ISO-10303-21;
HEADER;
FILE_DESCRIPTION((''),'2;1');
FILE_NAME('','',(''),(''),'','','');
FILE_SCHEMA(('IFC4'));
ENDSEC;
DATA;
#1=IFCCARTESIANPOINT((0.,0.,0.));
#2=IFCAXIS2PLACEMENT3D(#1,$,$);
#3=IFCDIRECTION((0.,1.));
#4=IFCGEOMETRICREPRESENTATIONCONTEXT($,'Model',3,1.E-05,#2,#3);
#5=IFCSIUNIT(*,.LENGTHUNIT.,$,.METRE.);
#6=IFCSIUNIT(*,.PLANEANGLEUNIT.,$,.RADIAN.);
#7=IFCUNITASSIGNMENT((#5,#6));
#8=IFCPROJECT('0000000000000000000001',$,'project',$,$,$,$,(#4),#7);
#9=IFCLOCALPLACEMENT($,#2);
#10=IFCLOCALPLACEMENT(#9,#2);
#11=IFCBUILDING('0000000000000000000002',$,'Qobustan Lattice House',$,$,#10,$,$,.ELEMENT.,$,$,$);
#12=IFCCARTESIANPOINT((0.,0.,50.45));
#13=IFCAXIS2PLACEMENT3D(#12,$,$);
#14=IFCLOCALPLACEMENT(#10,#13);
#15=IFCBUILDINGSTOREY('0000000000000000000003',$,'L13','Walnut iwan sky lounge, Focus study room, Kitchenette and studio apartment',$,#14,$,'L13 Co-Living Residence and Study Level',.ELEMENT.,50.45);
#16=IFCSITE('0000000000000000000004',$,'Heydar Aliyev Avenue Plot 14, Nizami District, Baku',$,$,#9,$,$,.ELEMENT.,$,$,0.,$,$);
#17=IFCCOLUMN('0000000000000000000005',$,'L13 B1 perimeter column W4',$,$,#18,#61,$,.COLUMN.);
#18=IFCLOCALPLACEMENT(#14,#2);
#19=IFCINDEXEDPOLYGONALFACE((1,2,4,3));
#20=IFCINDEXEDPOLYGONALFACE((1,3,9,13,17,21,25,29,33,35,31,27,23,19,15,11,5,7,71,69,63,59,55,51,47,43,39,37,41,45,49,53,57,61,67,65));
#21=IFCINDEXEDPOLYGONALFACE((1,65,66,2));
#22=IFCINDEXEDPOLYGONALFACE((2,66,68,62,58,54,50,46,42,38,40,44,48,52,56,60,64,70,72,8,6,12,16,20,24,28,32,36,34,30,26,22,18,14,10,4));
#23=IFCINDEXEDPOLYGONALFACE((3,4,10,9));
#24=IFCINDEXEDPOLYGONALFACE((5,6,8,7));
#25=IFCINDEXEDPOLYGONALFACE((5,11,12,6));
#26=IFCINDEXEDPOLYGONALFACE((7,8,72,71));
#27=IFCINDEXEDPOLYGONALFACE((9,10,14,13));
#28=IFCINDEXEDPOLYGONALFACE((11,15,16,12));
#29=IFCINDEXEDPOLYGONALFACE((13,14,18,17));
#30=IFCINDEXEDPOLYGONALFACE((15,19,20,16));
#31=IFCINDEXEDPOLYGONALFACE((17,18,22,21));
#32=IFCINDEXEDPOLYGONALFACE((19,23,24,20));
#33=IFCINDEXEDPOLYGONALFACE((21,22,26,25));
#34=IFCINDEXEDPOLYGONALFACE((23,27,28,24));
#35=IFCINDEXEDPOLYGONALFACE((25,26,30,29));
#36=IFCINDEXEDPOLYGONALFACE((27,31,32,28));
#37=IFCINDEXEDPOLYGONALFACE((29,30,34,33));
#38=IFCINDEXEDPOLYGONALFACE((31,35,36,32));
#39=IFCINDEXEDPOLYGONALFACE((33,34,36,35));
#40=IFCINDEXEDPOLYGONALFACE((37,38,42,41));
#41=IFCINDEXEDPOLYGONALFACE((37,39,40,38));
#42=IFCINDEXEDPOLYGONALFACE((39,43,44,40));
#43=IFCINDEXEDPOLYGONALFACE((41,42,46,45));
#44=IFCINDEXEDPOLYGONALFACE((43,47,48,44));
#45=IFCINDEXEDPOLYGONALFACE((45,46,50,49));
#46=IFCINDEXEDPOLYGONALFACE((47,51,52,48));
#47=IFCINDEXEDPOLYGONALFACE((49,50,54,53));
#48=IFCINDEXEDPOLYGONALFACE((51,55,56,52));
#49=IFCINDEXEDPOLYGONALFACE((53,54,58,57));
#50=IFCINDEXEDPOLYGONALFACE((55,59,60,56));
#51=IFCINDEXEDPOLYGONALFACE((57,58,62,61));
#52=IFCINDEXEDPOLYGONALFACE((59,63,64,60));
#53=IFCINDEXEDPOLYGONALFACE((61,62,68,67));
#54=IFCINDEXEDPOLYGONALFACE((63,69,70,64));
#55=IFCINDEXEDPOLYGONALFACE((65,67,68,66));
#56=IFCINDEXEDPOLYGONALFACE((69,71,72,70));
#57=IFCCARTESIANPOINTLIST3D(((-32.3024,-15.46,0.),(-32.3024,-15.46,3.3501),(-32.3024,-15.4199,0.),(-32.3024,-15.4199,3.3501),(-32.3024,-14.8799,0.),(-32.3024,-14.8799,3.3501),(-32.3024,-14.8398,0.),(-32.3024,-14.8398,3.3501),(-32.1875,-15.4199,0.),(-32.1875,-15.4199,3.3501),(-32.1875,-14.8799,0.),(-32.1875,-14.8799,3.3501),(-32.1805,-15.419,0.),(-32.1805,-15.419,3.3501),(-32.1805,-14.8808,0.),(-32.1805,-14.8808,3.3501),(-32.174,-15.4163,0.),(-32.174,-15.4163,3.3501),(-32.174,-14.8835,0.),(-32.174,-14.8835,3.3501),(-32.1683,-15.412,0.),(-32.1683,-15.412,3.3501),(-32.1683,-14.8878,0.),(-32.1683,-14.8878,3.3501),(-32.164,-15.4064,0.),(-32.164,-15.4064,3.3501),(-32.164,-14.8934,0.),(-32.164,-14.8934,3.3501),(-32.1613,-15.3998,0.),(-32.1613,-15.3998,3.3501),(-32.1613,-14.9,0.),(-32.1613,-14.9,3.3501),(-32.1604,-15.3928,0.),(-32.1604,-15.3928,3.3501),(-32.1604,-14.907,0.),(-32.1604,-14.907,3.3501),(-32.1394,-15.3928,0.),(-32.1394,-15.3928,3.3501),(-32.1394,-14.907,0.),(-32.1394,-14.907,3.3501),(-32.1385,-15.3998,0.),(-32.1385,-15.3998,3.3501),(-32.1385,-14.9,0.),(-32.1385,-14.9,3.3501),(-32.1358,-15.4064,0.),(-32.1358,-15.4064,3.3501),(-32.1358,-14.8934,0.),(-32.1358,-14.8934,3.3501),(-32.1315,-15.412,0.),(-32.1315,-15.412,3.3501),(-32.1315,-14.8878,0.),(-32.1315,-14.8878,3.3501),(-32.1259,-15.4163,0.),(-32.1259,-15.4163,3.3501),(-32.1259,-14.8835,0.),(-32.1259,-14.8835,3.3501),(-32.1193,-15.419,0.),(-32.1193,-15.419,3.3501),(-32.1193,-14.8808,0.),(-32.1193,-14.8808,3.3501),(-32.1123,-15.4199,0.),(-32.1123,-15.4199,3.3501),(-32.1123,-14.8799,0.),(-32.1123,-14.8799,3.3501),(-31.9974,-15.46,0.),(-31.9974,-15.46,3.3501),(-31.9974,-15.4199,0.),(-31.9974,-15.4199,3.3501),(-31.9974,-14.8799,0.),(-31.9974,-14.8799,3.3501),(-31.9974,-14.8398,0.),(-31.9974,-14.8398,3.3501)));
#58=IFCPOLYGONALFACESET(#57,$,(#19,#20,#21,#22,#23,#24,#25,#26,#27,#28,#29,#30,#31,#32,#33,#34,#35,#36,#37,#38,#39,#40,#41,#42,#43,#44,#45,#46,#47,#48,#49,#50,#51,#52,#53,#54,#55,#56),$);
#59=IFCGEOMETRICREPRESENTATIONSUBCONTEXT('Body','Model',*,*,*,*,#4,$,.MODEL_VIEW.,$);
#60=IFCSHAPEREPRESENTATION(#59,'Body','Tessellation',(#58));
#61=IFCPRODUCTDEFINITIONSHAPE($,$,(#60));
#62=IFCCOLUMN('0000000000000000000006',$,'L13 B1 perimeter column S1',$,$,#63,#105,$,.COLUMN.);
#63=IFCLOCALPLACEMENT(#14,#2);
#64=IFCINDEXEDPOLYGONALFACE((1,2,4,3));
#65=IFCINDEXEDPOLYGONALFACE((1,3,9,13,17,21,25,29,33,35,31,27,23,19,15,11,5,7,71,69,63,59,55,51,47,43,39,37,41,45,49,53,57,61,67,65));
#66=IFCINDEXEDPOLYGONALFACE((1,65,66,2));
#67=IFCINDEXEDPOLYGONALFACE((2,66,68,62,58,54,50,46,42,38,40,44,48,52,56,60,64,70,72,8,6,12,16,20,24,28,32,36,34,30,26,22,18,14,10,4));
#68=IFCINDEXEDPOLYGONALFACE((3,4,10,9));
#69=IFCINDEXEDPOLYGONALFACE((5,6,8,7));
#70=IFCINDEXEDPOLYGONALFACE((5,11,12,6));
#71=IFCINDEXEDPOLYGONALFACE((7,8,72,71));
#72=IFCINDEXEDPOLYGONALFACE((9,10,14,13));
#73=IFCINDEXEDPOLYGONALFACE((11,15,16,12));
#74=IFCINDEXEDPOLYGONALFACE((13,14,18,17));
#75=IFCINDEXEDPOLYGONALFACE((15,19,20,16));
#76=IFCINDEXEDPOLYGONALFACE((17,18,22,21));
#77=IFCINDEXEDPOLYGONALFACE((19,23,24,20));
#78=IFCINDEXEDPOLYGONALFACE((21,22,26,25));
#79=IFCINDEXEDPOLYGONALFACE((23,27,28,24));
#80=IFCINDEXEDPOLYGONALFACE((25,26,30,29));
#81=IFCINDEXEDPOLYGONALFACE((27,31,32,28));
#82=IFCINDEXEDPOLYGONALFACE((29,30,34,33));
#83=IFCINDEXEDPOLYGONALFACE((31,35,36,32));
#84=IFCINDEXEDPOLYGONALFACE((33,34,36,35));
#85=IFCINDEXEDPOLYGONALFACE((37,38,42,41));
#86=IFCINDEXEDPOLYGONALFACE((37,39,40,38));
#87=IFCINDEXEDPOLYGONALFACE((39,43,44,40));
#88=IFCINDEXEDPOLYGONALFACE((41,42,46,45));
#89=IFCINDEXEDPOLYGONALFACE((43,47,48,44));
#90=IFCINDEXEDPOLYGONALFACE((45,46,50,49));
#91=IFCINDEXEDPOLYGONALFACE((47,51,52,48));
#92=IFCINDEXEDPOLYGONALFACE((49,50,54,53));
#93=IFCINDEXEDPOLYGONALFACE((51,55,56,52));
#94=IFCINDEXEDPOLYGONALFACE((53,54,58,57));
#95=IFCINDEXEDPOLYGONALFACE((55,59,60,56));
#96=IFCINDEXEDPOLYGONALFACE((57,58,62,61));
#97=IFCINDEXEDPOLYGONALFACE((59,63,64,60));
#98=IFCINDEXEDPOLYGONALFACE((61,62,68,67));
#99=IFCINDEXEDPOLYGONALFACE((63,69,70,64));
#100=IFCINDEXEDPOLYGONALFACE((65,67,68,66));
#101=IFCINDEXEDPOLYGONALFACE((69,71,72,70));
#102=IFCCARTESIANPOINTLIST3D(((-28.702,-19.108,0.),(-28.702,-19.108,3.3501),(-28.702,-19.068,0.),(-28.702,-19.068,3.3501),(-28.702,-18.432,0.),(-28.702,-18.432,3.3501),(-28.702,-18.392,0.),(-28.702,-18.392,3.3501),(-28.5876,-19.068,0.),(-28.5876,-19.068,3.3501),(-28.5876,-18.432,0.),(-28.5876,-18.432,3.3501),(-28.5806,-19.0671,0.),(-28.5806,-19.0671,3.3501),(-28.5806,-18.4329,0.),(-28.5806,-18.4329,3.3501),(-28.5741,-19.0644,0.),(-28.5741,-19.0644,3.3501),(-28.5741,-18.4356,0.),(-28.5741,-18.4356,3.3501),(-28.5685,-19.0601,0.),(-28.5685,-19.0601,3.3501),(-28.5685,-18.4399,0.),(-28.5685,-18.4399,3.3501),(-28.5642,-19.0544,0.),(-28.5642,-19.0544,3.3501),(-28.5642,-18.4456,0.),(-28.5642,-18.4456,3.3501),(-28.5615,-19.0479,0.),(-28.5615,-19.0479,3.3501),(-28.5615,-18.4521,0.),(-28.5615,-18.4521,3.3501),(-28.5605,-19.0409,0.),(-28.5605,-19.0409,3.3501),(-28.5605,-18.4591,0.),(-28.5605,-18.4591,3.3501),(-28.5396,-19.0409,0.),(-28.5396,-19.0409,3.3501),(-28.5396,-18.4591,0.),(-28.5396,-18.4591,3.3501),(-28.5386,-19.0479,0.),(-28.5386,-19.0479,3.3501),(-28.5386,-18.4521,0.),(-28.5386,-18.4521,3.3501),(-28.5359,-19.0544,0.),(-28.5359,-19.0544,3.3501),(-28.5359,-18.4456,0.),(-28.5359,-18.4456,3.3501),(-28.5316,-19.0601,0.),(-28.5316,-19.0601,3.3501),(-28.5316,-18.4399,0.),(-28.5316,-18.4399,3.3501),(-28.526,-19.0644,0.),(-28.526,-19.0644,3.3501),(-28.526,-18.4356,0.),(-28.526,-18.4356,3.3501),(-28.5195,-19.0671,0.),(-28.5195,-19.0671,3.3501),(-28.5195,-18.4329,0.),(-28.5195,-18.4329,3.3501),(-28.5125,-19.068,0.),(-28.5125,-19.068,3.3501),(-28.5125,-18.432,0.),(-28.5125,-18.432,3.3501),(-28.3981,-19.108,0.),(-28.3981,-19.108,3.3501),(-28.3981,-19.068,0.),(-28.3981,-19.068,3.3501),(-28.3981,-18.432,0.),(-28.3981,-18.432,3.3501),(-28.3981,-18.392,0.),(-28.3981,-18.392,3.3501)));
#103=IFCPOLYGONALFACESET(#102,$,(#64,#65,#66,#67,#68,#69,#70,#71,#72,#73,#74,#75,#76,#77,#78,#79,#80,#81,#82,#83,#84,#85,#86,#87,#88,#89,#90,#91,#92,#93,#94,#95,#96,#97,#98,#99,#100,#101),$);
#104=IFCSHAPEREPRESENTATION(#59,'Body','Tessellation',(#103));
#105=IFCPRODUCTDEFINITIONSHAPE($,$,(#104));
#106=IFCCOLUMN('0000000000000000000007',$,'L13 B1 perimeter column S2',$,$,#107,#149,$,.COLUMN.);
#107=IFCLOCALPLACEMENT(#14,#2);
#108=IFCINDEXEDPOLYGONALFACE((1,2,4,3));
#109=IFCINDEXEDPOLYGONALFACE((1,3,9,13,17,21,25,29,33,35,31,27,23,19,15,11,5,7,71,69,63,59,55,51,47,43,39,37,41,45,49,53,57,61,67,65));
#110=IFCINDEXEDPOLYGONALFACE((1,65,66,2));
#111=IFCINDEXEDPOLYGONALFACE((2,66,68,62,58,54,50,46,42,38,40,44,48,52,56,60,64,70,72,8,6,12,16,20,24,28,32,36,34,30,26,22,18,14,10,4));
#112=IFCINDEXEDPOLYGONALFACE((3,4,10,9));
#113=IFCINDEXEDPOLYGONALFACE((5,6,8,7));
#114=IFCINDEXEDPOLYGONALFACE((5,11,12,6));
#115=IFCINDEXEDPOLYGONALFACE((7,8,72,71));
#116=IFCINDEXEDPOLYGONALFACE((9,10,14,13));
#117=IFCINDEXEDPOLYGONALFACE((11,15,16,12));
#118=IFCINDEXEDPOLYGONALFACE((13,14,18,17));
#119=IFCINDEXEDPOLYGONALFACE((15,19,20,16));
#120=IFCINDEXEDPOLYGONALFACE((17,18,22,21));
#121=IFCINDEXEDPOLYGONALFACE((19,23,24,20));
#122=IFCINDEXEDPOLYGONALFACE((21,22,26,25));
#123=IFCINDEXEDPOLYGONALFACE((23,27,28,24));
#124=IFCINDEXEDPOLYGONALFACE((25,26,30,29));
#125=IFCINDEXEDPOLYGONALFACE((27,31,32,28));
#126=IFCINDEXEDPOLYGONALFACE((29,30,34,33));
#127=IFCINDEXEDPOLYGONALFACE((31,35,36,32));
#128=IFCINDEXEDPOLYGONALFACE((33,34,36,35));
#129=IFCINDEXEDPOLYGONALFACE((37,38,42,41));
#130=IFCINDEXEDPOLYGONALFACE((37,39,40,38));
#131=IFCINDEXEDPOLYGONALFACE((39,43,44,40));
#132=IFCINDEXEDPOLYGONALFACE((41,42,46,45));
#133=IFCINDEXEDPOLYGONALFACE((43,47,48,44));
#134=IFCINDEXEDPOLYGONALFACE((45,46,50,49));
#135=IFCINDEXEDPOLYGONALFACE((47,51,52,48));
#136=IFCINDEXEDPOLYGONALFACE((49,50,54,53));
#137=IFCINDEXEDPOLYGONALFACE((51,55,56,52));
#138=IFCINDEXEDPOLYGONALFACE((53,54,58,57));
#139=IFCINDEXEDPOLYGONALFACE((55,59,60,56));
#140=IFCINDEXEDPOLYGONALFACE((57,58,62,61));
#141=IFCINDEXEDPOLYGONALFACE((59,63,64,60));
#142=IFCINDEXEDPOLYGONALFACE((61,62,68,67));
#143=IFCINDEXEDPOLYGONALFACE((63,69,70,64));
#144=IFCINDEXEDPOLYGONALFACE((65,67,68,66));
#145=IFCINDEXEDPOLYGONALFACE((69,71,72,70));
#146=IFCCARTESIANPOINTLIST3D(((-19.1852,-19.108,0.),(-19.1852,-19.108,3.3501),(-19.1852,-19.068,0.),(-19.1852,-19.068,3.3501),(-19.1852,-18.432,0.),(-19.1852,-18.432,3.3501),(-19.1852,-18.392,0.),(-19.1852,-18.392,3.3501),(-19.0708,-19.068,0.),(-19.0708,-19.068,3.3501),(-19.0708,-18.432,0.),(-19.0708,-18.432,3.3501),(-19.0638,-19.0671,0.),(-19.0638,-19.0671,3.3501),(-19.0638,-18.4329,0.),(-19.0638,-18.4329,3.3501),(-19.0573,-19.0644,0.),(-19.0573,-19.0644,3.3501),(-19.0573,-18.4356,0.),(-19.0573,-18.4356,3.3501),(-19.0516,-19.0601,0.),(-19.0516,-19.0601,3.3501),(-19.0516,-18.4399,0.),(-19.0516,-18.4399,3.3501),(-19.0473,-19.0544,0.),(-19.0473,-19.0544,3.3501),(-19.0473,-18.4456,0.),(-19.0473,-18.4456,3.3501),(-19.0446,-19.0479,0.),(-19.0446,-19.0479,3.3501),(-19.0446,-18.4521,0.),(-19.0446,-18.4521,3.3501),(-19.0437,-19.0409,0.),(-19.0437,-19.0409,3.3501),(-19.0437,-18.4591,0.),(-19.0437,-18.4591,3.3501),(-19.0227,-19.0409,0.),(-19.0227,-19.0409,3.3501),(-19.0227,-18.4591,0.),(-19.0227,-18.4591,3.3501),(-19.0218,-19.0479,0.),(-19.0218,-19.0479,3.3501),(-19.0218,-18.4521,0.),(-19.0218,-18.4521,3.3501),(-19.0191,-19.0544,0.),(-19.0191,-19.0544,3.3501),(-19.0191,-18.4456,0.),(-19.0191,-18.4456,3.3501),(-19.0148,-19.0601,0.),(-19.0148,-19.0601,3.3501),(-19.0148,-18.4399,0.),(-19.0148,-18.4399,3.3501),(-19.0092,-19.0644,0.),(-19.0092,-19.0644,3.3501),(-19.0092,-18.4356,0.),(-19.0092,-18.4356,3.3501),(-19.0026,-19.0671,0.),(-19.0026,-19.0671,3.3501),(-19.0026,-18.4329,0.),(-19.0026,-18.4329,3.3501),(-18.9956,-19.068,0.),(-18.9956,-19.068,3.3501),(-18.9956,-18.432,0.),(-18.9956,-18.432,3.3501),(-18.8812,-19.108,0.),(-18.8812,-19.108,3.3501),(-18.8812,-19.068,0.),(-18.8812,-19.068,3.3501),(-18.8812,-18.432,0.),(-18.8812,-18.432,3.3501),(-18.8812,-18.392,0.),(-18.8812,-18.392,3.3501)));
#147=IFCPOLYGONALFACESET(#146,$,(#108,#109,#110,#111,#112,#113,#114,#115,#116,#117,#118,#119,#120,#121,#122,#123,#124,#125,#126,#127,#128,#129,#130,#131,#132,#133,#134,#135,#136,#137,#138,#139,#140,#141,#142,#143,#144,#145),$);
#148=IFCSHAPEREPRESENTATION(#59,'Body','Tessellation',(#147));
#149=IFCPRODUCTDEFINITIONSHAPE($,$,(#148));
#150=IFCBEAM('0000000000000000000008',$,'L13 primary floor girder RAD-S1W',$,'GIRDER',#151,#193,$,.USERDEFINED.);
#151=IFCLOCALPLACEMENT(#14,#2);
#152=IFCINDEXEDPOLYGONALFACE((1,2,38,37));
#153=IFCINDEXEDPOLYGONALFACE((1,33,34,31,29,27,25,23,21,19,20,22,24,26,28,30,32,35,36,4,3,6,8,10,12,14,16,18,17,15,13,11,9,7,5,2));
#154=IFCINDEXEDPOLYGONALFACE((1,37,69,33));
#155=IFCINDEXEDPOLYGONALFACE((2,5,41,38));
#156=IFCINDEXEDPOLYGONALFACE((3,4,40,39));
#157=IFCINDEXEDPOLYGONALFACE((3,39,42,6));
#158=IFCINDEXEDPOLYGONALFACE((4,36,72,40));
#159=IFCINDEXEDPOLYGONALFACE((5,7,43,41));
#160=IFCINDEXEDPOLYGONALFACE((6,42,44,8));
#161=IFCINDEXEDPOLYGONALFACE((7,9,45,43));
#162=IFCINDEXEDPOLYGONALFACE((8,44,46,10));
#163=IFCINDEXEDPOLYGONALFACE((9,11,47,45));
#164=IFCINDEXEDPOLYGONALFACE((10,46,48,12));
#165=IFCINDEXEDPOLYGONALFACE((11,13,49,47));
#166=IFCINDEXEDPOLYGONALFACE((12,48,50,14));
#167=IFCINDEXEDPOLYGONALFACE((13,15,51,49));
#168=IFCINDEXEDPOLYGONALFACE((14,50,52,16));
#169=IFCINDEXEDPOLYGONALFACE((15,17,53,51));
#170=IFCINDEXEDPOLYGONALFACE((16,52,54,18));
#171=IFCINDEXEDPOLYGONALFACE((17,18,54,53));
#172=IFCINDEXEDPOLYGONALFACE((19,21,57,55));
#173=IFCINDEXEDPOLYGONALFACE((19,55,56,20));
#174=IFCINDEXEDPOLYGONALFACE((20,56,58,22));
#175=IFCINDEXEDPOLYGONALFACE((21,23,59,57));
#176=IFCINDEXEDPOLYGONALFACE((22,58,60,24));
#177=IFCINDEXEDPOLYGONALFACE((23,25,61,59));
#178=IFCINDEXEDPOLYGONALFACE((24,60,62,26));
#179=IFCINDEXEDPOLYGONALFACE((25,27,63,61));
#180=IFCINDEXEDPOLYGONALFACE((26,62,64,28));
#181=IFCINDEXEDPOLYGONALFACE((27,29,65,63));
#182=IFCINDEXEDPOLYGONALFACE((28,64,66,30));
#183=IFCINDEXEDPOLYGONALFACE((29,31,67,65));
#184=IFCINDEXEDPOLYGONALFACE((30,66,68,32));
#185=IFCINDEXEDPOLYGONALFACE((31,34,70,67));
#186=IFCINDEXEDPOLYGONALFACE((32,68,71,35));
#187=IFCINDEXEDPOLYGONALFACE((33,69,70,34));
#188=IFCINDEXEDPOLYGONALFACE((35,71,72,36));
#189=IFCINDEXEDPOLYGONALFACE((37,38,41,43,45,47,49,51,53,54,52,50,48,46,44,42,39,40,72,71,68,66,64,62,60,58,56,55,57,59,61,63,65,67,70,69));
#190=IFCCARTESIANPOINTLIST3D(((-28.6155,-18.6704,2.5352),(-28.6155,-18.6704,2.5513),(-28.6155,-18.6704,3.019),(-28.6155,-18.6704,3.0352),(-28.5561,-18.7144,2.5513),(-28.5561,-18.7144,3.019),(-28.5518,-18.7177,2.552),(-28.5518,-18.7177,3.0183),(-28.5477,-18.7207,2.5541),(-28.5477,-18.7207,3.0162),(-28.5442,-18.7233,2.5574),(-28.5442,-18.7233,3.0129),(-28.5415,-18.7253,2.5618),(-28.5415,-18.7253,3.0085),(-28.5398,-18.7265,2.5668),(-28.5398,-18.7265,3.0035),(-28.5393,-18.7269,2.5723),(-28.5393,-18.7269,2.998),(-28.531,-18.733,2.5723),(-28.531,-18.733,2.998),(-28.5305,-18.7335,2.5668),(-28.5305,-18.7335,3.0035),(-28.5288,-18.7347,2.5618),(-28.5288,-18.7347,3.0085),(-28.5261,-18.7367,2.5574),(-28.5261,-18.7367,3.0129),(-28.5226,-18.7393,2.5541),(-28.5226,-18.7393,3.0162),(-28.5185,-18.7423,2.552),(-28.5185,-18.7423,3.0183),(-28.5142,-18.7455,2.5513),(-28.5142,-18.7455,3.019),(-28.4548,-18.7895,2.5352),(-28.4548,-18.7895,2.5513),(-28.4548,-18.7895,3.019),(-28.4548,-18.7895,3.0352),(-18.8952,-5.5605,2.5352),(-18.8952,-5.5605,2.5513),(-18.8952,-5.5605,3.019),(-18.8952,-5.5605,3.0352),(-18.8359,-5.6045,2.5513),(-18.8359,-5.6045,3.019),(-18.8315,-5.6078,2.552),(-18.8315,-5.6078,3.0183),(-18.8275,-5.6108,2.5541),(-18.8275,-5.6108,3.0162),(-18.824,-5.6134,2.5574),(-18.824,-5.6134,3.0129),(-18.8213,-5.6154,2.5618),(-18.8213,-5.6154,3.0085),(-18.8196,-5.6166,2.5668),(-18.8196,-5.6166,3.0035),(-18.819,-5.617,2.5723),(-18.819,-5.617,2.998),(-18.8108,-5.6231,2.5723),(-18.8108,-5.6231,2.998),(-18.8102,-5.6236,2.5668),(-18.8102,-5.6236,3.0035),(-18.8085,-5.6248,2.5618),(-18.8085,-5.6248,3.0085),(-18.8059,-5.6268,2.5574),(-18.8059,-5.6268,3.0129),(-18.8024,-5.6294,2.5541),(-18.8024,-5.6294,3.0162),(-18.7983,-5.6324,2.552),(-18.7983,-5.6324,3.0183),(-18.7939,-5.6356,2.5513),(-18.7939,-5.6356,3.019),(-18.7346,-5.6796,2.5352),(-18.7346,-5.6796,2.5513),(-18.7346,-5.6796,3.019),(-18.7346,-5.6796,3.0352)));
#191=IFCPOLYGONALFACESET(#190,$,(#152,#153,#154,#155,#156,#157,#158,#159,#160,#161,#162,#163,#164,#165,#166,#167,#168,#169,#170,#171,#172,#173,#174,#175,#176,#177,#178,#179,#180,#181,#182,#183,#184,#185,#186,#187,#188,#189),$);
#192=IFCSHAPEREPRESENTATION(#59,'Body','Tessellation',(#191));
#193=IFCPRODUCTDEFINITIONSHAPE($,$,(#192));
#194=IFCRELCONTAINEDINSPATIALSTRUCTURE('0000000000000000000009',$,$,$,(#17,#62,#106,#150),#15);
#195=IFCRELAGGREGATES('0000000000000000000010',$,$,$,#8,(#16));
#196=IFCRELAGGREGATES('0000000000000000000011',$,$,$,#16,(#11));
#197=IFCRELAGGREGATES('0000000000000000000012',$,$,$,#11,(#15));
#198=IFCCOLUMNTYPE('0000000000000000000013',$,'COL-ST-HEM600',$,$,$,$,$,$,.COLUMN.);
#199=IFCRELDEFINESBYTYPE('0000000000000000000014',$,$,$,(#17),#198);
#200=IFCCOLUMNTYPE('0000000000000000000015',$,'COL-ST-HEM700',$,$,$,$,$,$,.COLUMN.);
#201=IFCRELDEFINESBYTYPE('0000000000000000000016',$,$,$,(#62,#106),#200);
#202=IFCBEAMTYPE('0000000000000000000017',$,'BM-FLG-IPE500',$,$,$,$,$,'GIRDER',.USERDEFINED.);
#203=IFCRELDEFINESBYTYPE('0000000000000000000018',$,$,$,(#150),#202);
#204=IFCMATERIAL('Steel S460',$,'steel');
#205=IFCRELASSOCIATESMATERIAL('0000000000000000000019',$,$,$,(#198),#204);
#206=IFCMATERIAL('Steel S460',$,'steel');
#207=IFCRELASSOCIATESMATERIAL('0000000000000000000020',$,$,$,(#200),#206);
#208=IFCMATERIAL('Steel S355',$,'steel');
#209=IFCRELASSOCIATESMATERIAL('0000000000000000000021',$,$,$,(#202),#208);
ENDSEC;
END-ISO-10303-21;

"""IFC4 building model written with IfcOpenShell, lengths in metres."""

from ifc_helpers import new_model, si_unit, direction, frame, origin, origin_2d, place, context, subcontext, project, spatial, i_section, extrude, material, material_profile, profile_set, type_object, element, save


model = new_model("IFC4")

# Units and contexts
model_context = context("Model", 3, precision=1e-05, world=origin(), true_north=direction((0.0, 1.0)))
body_context = subcontext(model_context, "Body", "Model", "MODEL_VIEW")
ifc_project = project(units=[si_unit("LENGTHUNIT", "METRE"), si_unit("PLANEANGLEUNIT", "RADIAN")], contexts=[model_context])

# Site, building, storey
site_placement = place(None, origin())
site = spatial("IfcSite", under=ifc_project, at=site_placement, Name="Heydar Aliyev Avenue Plot 14, Nizami District, Baku", CompositionType="ELEMENT", RefElevation=0.0)
building_placement = place(site_placement, origin())
building = spatial("IfcBuilding", under=site, at=building_placement, Name="Qobustan Lattice House", CompositionType="ELEMENT")
storey_placement = place(building_placement, frame((0.0, 0.0, 50.45)))
storey = spatial("IfcBuildingStorey", under=building, at=storey_placement, Name="L13", Description="Walnut iwan sky lounge, Focus study room, Kitchenette and studio apartment", LongName="L13 Co-Living Residence and Study Level", CompositionType="ELEMENT", Elevation=50.45)

# Columns
ifc_material_1 = material(Name="Steel S460", Category="steel")
ifc_material_profile_1 = material_profile(ifc_material_1, i_section(OverallWidth=0.3049, OverallDepth=0.6201, WebThickness=0.021, FlangeThickness=0.04, FilletRadius=0.0271, at=origin_2d()), Name="HEM600")
ifc_profile_set_1 = profile_set([ifc_material_profile_1], Name="Steel S460")
column_type_1 = type_object("IfcColumnType", Name="COL-ST-HEM600", PredefinedType="COLUMN", material=ifc_profile_set_1)
column_placement = place(storey_placement, frame((-32.1499, -15.1499, 0.0), z_axis=(0.0, 0.0, 1.0), x_axis=(1.0, 0.0, 0.0)))
element("IfcColumn", 1, at=column_placement, inside=storey, type_object=column_type_1, Name="L13 B1 perimeter column W4", PredefinedType="COLUMN", context=body_context, shape_type="SweptSolid", body=[
    extrude(i_section(OverallWidth=0.3049, OverallDepth=0.6201, WebThickness=0.021, FlangeThickness=0.04, FilletRadius=0.0271, at=origin_2d()), origin(), (0.0, 0.0, 1.0), 3.3501),
])
ifc_material_2 = material(Name="Steel S460", Category="steel")
ifc_material_profile_2 = material_profile(ifc_material_2, i_section(OverallWidth=0.304, OverallDepth=0.7161, WebThickness=0.021, FlangeThickness=0.04, FilletRadius=0.0271, at=origin_2d()), Name="HEM700")
ifc_profile_set_2 = profile_set([ifc_material_profile_2], Name="Steel S460")
column_type_2 = type_object("IfcColumnType", Name="COL-ST-HEM700", PredefinedType="COLUMN", material=ifc_profile_set_2)
for number, where, z_axis, x_axis, name in (
    (2, (-28.55, -18.75, 0.0), (0.0, 0.0, 1.0), (1.0, 0.0, 0.0), "L13 B1 perimeter column S1"),
    (3, (-19.0332, -18.75, 0.0), (0.0, 0.0, 1.0), (1.0, 0.0, 0.0), "L13 B1 perimeter column S2"),
):
    element("IfcColumn", number, at=place(storey_placement, frame(where, z_axis=z_axis, x_axis=x_axis)), inside=storey, type_object=column_type_2, Name=name, PredefinedType="COLUMN", context=body_context, shape_type="SweptSolid", body=[
        extrude(i_section(OverallWidth=0.304, OverallDepth=0.7161, WebThickness=0.021, FlangeThickness=0.04, FilletRadius=0.0271, at=origin_2d()), origin(), (0.0, 0.0, 1.0), 3.3501),
    ])

# Beam
ifc_material_3 = material(Name="Steel S355", Category="steel")
ifc_material_profile_3 = material_profile(ifc_material_3, i_section(OverallWidth=0.2, OverallDepth=0.5, WebThickness=0.0103, FlangeThickness=0.0161, FilletRadius=0.021, at=origin_2d()), Name="IPE500")
ifc_profile_set_3 = profile_set([ifc_material_profile_3], Name="Steel S355")
beam_type_1 = type_object("IfcBeamType", Name="BM-FLG-IPE500", ElementType="GIRDER", PredefinedType="USERDEFINED", material=ifc_profile_set_3)
beam_1_placement = place(storey_placement, frame((-28.5352, -18.73, 2.7852), z_axis=(0.595592, 0.803287, 0.0), x_axis=(-0.803287, 0.595592, 0.0)))
element("IfcBeam", 4, at=beam_1_placement, inside=storey, type_object=beam_type_1, Name="L13 primary floor girder RAD-S1W", ObjectType="GIRDER", PredefinedType="USERDEFINED", context=body_context, shape_type="SweptSolid", body=[
    extrude(i_section(OverallWidth=0.2, OverallDepth=0.5, WebThickness=0.0103, FlangeThickness=0.0161, FilletRadius=0.021, at=origin_2d()), origin(), (0.0, 0.0, 1.0), 16.3203),
])

save(model, "model.ifc")
